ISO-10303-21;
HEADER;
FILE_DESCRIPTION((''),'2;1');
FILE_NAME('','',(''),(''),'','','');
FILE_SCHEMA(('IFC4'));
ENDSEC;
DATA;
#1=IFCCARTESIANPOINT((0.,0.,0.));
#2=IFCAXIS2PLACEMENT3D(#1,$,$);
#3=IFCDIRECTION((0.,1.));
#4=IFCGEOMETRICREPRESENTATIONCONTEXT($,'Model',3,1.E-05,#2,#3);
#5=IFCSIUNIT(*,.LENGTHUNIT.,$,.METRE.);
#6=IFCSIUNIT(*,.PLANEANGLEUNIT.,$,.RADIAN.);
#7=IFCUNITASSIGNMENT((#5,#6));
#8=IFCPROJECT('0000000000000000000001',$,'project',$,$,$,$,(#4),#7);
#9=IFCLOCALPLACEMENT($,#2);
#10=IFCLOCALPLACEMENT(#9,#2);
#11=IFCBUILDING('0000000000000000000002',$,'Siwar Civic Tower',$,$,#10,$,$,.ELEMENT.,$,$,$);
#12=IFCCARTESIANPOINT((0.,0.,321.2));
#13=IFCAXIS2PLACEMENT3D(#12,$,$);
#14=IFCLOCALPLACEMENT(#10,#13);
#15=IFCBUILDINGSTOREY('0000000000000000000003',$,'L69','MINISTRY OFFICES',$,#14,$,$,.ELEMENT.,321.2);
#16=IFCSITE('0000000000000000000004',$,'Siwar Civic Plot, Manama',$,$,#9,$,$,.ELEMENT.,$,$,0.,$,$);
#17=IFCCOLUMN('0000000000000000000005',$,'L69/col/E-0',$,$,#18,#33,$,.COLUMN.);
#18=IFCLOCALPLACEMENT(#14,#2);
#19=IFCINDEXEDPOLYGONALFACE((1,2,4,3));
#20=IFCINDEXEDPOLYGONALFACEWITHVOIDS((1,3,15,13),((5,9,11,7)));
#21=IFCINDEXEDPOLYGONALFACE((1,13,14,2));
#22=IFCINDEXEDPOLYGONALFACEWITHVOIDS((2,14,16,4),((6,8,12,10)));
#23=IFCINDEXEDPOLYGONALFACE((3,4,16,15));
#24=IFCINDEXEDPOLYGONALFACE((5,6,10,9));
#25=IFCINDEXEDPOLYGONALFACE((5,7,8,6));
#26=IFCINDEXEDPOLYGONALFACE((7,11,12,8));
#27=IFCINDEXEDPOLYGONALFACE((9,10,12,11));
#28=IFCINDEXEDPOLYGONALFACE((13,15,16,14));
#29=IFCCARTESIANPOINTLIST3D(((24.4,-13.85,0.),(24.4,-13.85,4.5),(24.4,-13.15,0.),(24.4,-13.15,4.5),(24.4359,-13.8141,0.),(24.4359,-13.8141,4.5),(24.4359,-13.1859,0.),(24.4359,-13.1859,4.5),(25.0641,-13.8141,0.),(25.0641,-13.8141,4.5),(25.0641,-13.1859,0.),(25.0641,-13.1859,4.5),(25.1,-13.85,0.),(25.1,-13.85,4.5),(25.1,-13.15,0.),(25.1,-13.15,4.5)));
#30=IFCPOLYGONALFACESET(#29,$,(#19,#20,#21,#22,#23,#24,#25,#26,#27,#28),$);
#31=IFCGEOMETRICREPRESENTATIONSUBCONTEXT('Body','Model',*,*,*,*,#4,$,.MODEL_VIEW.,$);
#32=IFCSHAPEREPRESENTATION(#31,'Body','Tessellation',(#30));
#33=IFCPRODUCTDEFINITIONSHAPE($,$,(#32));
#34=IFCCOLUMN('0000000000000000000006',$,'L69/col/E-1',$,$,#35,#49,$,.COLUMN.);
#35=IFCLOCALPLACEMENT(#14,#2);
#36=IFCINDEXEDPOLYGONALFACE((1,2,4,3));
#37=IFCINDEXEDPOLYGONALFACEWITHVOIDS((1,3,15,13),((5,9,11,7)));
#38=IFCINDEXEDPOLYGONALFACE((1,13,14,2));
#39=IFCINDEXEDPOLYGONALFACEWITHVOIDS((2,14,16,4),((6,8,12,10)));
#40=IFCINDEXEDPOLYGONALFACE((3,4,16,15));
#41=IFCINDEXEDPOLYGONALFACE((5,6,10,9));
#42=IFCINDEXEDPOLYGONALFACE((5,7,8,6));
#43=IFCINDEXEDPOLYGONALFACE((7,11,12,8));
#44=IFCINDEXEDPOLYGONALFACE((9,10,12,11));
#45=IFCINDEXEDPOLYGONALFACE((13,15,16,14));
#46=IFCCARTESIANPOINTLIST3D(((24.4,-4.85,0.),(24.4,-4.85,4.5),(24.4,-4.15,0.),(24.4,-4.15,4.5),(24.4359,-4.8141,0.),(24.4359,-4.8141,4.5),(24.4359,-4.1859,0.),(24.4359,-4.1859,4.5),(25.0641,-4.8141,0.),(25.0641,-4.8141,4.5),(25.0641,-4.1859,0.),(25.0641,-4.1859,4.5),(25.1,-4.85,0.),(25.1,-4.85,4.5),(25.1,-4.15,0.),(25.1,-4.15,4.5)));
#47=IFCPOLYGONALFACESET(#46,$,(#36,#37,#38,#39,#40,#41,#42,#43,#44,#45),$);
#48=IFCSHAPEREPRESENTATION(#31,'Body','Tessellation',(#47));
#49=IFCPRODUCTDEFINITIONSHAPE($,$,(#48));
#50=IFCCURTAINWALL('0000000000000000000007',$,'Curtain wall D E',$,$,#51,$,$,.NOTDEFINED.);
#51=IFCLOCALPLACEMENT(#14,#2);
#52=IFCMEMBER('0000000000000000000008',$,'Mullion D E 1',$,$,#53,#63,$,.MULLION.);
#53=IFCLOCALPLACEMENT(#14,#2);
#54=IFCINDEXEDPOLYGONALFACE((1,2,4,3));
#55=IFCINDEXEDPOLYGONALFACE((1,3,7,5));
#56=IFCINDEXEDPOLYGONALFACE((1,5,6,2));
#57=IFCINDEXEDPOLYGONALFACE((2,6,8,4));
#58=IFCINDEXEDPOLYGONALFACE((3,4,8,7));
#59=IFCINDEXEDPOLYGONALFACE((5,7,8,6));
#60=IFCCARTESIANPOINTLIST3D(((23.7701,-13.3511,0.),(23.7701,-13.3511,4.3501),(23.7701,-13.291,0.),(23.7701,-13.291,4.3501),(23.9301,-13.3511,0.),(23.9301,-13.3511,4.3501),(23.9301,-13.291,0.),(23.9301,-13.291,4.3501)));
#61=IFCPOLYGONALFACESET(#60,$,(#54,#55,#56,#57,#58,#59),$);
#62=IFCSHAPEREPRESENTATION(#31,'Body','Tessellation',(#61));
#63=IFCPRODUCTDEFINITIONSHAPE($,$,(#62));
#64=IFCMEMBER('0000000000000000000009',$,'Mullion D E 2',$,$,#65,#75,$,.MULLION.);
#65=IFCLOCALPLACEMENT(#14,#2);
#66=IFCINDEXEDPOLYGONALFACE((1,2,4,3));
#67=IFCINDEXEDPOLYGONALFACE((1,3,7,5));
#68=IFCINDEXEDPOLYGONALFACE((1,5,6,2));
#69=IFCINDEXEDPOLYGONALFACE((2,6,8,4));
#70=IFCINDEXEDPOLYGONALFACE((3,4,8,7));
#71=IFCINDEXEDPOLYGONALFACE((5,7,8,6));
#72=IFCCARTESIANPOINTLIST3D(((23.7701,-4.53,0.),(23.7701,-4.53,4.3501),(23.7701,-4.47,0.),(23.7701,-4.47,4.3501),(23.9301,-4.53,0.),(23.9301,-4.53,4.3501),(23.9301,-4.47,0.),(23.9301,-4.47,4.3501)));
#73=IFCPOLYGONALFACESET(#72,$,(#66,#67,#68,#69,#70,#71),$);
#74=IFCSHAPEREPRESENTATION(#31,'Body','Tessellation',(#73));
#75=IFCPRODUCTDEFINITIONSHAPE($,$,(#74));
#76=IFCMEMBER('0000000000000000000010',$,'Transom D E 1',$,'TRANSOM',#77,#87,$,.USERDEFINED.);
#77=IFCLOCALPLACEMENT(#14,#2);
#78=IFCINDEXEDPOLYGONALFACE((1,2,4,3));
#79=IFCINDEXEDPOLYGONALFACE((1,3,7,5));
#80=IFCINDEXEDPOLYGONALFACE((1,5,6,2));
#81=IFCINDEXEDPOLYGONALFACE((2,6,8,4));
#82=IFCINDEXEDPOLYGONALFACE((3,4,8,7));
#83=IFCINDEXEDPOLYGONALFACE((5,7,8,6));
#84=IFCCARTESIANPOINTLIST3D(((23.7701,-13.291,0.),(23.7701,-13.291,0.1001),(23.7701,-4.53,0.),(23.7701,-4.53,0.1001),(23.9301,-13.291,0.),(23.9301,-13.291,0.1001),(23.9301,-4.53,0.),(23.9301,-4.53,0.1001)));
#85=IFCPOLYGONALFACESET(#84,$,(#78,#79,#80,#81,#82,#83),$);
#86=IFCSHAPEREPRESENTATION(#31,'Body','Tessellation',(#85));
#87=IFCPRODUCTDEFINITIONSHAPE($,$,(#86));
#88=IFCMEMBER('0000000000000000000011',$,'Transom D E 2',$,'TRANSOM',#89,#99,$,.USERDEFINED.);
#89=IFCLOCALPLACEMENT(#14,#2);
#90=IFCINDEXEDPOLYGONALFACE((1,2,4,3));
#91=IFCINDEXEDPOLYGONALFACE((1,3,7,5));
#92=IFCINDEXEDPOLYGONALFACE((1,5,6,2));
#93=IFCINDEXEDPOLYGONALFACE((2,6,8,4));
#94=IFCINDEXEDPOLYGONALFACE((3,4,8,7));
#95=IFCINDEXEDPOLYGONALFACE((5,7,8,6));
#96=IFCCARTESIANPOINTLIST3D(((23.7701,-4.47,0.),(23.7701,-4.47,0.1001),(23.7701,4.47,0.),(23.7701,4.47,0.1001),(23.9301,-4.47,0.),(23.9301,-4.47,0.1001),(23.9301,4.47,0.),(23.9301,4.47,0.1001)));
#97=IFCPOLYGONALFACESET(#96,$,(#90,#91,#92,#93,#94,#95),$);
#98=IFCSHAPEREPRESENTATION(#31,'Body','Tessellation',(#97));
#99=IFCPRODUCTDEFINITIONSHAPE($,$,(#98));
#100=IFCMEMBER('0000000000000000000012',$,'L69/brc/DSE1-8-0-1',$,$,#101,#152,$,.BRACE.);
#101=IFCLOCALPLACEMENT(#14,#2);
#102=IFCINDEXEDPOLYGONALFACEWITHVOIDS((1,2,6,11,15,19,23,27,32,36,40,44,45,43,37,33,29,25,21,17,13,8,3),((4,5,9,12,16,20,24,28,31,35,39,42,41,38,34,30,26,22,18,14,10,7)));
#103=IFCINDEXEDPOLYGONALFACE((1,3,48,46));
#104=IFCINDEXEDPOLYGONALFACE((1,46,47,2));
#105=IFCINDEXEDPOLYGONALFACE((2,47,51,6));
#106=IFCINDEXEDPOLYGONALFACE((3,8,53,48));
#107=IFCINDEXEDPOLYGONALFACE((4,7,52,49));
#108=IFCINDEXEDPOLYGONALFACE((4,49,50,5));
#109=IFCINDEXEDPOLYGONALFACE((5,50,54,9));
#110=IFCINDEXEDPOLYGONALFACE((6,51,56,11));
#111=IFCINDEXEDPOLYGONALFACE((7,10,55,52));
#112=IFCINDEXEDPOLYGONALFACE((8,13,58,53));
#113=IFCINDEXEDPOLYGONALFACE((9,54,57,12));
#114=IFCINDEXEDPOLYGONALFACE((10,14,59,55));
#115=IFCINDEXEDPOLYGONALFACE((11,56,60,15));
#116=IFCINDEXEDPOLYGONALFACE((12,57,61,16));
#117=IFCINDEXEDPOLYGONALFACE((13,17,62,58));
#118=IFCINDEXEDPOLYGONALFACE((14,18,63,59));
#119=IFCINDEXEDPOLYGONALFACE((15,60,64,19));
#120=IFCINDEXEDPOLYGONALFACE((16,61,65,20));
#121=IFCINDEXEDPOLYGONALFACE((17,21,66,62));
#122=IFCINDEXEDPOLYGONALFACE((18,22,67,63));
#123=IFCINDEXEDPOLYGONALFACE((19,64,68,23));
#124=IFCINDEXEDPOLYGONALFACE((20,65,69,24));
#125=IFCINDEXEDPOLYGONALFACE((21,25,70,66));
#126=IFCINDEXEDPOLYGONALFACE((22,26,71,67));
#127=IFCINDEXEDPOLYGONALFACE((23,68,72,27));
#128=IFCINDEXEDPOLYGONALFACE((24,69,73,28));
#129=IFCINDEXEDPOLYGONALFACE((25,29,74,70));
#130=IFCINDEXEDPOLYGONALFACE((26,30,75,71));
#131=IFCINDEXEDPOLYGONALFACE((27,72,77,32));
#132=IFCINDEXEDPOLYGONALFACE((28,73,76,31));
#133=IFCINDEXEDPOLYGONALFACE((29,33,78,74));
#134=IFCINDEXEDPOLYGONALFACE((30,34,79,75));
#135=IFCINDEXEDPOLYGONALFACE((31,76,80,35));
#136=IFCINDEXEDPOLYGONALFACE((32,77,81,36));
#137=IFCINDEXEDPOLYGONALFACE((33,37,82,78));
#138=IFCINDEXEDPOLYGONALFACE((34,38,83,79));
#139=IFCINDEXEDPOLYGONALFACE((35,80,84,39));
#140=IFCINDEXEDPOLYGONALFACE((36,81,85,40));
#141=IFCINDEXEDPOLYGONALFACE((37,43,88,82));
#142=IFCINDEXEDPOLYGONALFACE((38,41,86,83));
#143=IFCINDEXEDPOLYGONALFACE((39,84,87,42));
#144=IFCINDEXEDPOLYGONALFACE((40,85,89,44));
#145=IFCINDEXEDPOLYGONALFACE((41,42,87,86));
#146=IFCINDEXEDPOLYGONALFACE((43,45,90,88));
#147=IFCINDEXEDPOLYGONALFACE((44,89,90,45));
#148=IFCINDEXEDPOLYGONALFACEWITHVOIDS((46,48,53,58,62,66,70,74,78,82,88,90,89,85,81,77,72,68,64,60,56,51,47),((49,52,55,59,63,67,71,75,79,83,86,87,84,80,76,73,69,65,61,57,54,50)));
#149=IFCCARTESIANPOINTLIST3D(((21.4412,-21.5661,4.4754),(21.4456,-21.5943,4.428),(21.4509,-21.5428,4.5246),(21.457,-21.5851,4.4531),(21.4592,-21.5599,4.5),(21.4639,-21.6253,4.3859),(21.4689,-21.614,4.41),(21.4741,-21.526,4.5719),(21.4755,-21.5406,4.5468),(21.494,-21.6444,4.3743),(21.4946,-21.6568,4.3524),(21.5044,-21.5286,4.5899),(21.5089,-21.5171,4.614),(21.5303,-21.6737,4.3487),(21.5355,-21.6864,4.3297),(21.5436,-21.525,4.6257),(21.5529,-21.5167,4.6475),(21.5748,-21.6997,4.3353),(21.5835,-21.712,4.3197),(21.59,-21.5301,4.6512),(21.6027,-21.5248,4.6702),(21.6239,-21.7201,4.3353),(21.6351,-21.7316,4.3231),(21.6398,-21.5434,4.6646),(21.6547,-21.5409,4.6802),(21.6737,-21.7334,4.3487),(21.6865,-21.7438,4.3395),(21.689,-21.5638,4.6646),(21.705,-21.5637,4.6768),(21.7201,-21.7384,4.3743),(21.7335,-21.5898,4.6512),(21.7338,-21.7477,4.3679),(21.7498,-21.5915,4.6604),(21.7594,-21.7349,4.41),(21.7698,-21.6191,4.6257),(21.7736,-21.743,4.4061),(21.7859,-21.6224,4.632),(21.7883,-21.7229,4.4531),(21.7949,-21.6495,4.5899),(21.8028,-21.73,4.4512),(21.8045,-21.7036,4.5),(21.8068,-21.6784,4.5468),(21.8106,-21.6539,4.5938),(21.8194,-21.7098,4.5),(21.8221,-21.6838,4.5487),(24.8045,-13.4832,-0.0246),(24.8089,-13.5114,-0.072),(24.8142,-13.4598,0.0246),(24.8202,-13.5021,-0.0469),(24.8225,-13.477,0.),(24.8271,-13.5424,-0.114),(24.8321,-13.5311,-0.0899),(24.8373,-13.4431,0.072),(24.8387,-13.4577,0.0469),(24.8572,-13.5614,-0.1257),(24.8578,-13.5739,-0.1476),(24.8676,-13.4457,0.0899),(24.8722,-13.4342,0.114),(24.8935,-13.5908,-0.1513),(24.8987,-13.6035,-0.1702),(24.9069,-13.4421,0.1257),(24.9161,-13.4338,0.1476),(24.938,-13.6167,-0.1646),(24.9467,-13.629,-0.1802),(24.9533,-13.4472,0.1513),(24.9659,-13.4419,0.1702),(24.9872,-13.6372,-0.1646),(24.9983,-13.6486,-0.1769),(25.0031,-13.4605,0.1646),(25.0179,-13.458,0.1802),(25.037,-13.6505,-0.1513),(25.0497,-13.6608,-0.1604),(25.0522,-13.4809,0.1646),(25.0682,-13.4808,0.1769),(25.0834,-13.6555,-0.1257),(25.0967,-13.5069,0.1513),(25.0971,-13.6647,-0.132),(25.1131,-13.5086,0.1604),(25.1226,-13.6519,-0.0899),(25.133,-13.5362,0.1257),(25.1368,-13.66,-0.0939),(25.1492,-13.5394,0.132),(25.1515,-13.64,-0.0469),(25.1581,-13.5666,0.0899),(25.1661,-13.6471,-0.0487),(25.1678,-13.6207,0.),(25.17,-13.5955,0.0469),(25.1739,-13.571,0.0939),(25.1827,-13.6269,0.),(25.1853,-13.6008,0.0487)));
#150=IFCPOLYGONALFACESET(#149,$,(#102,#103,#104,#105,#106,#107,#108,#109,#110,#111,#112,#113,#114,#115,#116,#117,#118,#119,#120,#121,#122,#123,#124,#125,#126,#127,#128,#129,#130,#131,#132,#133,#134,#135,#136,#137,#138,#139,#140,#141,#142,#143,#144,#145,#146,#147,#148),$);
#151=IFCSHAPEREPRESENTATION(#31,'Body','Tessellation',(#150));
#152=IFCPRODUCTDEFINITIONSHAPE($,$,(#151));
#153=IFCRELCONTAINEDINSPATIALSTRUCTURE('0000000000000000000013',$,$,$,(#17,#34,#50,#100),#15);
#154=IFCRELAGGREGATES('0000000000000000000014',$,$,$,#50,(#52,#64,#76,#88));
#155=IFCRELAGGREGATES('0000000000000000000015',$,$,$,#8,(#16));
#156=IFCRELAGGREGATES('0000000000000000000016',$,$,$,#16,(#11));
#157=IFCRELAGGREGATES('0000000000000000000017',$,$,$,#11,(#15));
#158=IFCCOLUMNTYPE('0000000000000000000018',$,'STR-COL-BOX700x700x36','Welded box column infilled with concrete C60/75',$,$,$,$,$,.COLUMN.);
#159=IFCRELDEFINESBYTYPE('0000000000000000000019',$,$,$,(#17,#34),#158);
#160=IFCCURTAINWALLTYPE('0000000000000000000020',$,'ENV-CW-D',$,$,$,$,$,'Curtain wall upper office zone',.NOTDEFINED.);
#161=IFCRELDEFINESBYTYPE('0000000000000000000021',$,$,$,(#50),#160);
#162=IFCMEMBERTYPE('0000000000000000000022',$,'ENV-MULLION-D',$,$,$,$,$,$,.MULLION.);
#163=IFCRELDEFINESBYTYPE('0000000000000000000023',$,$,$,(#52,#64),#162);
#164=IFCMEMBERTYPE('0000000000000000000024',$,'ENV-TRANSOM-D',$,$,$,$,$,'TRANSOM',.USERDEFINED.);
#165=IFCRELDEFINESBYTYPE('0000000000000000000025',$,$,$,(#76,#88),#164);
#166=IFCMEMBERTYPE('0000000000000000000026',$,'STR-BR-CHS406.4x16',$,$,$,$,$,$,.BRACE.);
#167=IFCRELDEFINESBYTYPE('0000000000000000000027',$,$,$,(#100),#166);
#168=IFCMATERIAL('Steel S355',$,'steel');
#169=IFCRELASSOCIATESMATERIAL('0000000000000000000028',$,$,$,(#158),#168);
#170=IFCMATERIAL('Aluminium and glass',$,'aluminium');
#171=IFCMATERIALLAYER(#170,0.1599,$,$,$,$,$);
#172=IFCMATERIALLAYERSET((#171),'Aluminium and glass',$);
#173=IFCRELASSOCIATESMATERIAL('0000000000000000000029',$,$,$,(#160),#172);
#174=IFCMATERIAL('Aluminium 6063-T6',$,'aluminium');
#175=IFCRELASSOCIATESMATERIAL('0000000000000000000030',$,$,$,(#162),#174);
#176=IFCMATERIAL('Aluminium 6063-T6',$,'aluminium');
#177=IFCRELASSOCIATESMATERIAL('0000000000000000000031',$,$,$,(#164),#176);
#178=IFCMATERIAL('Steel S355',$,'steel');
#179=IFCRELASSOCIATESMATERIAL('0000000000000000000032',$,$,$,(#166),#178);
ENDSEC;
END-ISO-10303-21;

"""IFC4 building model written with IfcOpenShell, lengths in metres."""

from ifc_helpers import new_model, si_unit, direction, frame, origin, origin_2d, place, context, subcontext, project, spatial, rectangle, hollow_rectangle, hollow_circle, extrude, material, layer, layer_set, material_profile, profile_set, type_object, element, aggregate, save


model = new_model("IFC4")

# Units and contexts
model_context = context("Model", 3, precision=1e-05, world=origin(), true_north=direction((0.0, 1.0)))
body_context = subcontext(model_context, "Body", "Model", "MODEL_VIEW")
ifc_project = project(units=[si_unit("LENGTHUNIT", "METRE"), si_unit("PLANEANGLEUNIT", "RADIAN")], contexts=[model_context])

# Site, building, storey
site_placement = place(None, origin())
site = spatial("IfcSite", under=ifc_project, at=site_placement, Name="Siwar Civic Plot, Manama", CompositionType="ELEMENT", RefElevation=0.0)
building_placement = place(site_placement, origin())
building = spatial("IfcBuilding", under=site, at=building_placement, Name="Siwar Civic Tower", CompositionType="ELEMENT")
storey_placement = place(building_placement, frame((0.0, 0.0, 321.2)))
storey = spatial("IfcBuildingStorey", under=building, at=storey_placement, Name="L69", Description="MINISTRY OFFICES", CompositionType="ELEMENT", Elevation=321.2)

# Columns
ifc_material_1 = material(Name="Steel S355", Category="steel")
ifc_material_profile_1 = material_profile(ifc_material_1, hollow_rectangle(XDim=0.7, YDim=0.7, WallThickness=0.0359, at=origin_2d()), Name="BOX700x700x36")
ifc_profile_set_1 = profile_set([ifc_material_profile_1], Name="Steel S355")
column_type = type_object("IfcColumnType", Name="STR-COL-BOX700x700x36", Description="Welded box column infilled with concrete C60/75", PredefinedType="COLUMN", material=ifc_profile_set_1)
for number, where, z_axis, x_axis, name in (
    (1, (24.75, -13.5, 0.0), (0.0, 0.0, 1.0), (1.0, 0.0, 0.0), "L69/col/E-0"),
    (2, (24.75, -4.5, 0.0), (0.0, 0.0, 1.0), (1.0, 0.0, 0.0), "L69/col/E-1"),
):
    element("IfcColumn", number, at=place(storey_placement, frame(where, z_axis=z_axis, x_axis=x_axis)), inside=storey, type_object=column_type, Name=name, PredefinedType="COLUMN", context=body_context, shape_type="SweptSolid", body=[
        extrude(hollow_rectangle(XDim=0.7, YDim=0.7, WallThickness=0.0359, at=origin_2d()), origin(), (0.0, 0.0, 1.0), 4.5),
    ])

# Curtain wall, members
ifc_material_2 = material(Name="Aluminium and glass", Category="aluminium")
ifc_layer_1 = layer(ifc_material_2, 0.1599)
ifc_layer_set_1 = layer_set([ifc_layer_1], Name="Aluminium and glass")
curtain_wall_type = type_object("IfcCurtainWallType", Name="ENV-CW-D", ElementType="Curtain wall upper office zone", PredefinedType="NOTDEFINED", material=ifc_layer_set_1)
curtain_wall_placement = place(storey_placement, origin())
curtain_wall = element("IfcCurtainWall", 3, at=curtain_wall_placement, inside=storey, type_object=curtain_wall_type, Name="Curtain wall D E", PredefinedType="NOTDEFINED")
ifc_material_3 = material(Name="Aluminium 6063-T6", Category="aluminium")
ifc_material_profile_2 = material_profile(ifc_material_3, rectangle(XDim=0.1599, YDim=0.0601, at=origin_2d()), Name="AL 160x60")
ifc_profile_set_2 = profile_set([ifc_material_profile_2], Name="Aluminium 6063-T6")
member_type_1 = type_object("IfcMemberType", Name="ENV-MULLION-D", PredefinedType="MULLION", material=ifc_profile_set_2)
member_1_placement = place(storey_placement, frame((23.8501, -13.321, 0.0), z_axis=(0.0, 0.0, 1.0), x_axis=(-1.0, 0.0, 0.0)))
member_1 = element("IfcMember", 4, at=member_1_placement, type_object=member_type_1, Name="Mullion D E 1", PredefinedType="MULLION", context=body_context, shape_type="SweptSolid", body=[
    extrude(rectangle(XDim=0.1599, YDim=0.0601, at=origin_2d()), origin(), (0.0, 0.0, 1.0), 4.3501),
])
member_2_placement = place(storey_placement, frame((23.8501, -4.5, 0.0), z_axis=(0.0, 0.0, 1.0), x_axis=(-1.0, 0.0, 0.0)))
member_2 = element("IfcMember", 5, at=member_2_placement, type_object=member_type_1, Name="Mullion D E 2", PredefinedType="MULLION", context=body_context, shape_type="SweptSolid", body=[
    extrude(rectangle(XDim=0.1599, YDim=0.0601, at=origin_2d()), origin(), (0.0, 0.0, 1.0), 4.3501),
])
ifc_material_4 = material(Name="Aluminium 6063-T6", Category="aluminium")
ifc_material_profile_3 = material_profile(ifc_material_4, rectangle(XDim=0.1599, YDim=0.1001, at=origin_2d()), Name="AL 160x100")
ifc_profile_set_3 = profile_set([ifc_material_profile_3], Name="Aluminium 6063-T6")
member_type_2 = type_object("IfcMemberType", Name="ENV-TRANSOM-D", ElementType="TRANSOM", PredefinedType="USERDEFINED", material=ifc_profile_set_3)
member_3_placement = place(storey_placement, frame((23.8501, -13.291, 0.05), z_axis=(0.0, 1.0, 0.0), x_axis=(-1.0, 0.0, 0.0)))
member_3 = element("IfcMember", 6, at=member_3_placement, type_object=member_type_2, Name="Transom D E 1", ObjectType="TRANSOM", PredefinedType="USERDEFINED", context=body_context, shape_type="SweptSolid", body=[
    extrude(rectangle(XDim=0.1599, YDim=0.1001, at=origin_2d()), origin(), (0.0, 0.0, 1.0), 8.761),
])
member_4_placement = place(storey_placement, frame((23.8501, -4.47, 0.05), z_axis=(0.0, 1.0, 0.0), x_axis=(-1.0, 0.0, 0.0)))
member_4 = element("IfcMember", 7, at=member_4_placement, type_object=member_type_2, Name="Transom D E 2", ObjectType="TRANSOM", PredefinedType="USERDEFINED", context=body_context, shape_type="SweptSolid", body=[
    extrude(rectangle(XDim=0.1599, YDim=0.1001, at=origin_2d()), origin(), (0.0, 0.0, 1.0), 8.9399),
])

# Member
ifc_material_5 = material(Name="Steel S355", Category="steel")
ifc_material_profile_4 = material_profile(ifc_material_5, hollow_circle(Radius=0.2031, WallThickness=0.0161, at=origin_2d()), Name="CHS406.4x16")
ifc_profile_set_4 = profile_set([ifc_material_profile_4], Name="Steel S355")
member_type_3 = type_object("IfcMemberType", Name="STR-BR-CHS406.4x16", PredefinedType="BRACE", material=ifc_profile_set_4)
member_5_placement = place(storey_placement, frame((24.9951, -13.5488, 0.0), z_axis=(-0.341671, -0.821143, 0.457149), x_axis=(0.923265, -0.384164, 0.0)))
element("IfcMember", 8, at=member_5_placement, inside=storey, type_object=member_type_3, Name="L69/brc/DSE1-8-0-1", PredefinedType="BRACE", context=body_context, shape_type="SweptSolid", body=[
    extrude(hollow_circle(Radius=0.2031, WallThickness=0.0161, at=origin_2d()), origin(), (0.0, 0.0, 1.0), 9.8435),
])

aggregate(curtain_wall, [member_1, member_2, member_3, member_4])

save(model, "model.ifc")
